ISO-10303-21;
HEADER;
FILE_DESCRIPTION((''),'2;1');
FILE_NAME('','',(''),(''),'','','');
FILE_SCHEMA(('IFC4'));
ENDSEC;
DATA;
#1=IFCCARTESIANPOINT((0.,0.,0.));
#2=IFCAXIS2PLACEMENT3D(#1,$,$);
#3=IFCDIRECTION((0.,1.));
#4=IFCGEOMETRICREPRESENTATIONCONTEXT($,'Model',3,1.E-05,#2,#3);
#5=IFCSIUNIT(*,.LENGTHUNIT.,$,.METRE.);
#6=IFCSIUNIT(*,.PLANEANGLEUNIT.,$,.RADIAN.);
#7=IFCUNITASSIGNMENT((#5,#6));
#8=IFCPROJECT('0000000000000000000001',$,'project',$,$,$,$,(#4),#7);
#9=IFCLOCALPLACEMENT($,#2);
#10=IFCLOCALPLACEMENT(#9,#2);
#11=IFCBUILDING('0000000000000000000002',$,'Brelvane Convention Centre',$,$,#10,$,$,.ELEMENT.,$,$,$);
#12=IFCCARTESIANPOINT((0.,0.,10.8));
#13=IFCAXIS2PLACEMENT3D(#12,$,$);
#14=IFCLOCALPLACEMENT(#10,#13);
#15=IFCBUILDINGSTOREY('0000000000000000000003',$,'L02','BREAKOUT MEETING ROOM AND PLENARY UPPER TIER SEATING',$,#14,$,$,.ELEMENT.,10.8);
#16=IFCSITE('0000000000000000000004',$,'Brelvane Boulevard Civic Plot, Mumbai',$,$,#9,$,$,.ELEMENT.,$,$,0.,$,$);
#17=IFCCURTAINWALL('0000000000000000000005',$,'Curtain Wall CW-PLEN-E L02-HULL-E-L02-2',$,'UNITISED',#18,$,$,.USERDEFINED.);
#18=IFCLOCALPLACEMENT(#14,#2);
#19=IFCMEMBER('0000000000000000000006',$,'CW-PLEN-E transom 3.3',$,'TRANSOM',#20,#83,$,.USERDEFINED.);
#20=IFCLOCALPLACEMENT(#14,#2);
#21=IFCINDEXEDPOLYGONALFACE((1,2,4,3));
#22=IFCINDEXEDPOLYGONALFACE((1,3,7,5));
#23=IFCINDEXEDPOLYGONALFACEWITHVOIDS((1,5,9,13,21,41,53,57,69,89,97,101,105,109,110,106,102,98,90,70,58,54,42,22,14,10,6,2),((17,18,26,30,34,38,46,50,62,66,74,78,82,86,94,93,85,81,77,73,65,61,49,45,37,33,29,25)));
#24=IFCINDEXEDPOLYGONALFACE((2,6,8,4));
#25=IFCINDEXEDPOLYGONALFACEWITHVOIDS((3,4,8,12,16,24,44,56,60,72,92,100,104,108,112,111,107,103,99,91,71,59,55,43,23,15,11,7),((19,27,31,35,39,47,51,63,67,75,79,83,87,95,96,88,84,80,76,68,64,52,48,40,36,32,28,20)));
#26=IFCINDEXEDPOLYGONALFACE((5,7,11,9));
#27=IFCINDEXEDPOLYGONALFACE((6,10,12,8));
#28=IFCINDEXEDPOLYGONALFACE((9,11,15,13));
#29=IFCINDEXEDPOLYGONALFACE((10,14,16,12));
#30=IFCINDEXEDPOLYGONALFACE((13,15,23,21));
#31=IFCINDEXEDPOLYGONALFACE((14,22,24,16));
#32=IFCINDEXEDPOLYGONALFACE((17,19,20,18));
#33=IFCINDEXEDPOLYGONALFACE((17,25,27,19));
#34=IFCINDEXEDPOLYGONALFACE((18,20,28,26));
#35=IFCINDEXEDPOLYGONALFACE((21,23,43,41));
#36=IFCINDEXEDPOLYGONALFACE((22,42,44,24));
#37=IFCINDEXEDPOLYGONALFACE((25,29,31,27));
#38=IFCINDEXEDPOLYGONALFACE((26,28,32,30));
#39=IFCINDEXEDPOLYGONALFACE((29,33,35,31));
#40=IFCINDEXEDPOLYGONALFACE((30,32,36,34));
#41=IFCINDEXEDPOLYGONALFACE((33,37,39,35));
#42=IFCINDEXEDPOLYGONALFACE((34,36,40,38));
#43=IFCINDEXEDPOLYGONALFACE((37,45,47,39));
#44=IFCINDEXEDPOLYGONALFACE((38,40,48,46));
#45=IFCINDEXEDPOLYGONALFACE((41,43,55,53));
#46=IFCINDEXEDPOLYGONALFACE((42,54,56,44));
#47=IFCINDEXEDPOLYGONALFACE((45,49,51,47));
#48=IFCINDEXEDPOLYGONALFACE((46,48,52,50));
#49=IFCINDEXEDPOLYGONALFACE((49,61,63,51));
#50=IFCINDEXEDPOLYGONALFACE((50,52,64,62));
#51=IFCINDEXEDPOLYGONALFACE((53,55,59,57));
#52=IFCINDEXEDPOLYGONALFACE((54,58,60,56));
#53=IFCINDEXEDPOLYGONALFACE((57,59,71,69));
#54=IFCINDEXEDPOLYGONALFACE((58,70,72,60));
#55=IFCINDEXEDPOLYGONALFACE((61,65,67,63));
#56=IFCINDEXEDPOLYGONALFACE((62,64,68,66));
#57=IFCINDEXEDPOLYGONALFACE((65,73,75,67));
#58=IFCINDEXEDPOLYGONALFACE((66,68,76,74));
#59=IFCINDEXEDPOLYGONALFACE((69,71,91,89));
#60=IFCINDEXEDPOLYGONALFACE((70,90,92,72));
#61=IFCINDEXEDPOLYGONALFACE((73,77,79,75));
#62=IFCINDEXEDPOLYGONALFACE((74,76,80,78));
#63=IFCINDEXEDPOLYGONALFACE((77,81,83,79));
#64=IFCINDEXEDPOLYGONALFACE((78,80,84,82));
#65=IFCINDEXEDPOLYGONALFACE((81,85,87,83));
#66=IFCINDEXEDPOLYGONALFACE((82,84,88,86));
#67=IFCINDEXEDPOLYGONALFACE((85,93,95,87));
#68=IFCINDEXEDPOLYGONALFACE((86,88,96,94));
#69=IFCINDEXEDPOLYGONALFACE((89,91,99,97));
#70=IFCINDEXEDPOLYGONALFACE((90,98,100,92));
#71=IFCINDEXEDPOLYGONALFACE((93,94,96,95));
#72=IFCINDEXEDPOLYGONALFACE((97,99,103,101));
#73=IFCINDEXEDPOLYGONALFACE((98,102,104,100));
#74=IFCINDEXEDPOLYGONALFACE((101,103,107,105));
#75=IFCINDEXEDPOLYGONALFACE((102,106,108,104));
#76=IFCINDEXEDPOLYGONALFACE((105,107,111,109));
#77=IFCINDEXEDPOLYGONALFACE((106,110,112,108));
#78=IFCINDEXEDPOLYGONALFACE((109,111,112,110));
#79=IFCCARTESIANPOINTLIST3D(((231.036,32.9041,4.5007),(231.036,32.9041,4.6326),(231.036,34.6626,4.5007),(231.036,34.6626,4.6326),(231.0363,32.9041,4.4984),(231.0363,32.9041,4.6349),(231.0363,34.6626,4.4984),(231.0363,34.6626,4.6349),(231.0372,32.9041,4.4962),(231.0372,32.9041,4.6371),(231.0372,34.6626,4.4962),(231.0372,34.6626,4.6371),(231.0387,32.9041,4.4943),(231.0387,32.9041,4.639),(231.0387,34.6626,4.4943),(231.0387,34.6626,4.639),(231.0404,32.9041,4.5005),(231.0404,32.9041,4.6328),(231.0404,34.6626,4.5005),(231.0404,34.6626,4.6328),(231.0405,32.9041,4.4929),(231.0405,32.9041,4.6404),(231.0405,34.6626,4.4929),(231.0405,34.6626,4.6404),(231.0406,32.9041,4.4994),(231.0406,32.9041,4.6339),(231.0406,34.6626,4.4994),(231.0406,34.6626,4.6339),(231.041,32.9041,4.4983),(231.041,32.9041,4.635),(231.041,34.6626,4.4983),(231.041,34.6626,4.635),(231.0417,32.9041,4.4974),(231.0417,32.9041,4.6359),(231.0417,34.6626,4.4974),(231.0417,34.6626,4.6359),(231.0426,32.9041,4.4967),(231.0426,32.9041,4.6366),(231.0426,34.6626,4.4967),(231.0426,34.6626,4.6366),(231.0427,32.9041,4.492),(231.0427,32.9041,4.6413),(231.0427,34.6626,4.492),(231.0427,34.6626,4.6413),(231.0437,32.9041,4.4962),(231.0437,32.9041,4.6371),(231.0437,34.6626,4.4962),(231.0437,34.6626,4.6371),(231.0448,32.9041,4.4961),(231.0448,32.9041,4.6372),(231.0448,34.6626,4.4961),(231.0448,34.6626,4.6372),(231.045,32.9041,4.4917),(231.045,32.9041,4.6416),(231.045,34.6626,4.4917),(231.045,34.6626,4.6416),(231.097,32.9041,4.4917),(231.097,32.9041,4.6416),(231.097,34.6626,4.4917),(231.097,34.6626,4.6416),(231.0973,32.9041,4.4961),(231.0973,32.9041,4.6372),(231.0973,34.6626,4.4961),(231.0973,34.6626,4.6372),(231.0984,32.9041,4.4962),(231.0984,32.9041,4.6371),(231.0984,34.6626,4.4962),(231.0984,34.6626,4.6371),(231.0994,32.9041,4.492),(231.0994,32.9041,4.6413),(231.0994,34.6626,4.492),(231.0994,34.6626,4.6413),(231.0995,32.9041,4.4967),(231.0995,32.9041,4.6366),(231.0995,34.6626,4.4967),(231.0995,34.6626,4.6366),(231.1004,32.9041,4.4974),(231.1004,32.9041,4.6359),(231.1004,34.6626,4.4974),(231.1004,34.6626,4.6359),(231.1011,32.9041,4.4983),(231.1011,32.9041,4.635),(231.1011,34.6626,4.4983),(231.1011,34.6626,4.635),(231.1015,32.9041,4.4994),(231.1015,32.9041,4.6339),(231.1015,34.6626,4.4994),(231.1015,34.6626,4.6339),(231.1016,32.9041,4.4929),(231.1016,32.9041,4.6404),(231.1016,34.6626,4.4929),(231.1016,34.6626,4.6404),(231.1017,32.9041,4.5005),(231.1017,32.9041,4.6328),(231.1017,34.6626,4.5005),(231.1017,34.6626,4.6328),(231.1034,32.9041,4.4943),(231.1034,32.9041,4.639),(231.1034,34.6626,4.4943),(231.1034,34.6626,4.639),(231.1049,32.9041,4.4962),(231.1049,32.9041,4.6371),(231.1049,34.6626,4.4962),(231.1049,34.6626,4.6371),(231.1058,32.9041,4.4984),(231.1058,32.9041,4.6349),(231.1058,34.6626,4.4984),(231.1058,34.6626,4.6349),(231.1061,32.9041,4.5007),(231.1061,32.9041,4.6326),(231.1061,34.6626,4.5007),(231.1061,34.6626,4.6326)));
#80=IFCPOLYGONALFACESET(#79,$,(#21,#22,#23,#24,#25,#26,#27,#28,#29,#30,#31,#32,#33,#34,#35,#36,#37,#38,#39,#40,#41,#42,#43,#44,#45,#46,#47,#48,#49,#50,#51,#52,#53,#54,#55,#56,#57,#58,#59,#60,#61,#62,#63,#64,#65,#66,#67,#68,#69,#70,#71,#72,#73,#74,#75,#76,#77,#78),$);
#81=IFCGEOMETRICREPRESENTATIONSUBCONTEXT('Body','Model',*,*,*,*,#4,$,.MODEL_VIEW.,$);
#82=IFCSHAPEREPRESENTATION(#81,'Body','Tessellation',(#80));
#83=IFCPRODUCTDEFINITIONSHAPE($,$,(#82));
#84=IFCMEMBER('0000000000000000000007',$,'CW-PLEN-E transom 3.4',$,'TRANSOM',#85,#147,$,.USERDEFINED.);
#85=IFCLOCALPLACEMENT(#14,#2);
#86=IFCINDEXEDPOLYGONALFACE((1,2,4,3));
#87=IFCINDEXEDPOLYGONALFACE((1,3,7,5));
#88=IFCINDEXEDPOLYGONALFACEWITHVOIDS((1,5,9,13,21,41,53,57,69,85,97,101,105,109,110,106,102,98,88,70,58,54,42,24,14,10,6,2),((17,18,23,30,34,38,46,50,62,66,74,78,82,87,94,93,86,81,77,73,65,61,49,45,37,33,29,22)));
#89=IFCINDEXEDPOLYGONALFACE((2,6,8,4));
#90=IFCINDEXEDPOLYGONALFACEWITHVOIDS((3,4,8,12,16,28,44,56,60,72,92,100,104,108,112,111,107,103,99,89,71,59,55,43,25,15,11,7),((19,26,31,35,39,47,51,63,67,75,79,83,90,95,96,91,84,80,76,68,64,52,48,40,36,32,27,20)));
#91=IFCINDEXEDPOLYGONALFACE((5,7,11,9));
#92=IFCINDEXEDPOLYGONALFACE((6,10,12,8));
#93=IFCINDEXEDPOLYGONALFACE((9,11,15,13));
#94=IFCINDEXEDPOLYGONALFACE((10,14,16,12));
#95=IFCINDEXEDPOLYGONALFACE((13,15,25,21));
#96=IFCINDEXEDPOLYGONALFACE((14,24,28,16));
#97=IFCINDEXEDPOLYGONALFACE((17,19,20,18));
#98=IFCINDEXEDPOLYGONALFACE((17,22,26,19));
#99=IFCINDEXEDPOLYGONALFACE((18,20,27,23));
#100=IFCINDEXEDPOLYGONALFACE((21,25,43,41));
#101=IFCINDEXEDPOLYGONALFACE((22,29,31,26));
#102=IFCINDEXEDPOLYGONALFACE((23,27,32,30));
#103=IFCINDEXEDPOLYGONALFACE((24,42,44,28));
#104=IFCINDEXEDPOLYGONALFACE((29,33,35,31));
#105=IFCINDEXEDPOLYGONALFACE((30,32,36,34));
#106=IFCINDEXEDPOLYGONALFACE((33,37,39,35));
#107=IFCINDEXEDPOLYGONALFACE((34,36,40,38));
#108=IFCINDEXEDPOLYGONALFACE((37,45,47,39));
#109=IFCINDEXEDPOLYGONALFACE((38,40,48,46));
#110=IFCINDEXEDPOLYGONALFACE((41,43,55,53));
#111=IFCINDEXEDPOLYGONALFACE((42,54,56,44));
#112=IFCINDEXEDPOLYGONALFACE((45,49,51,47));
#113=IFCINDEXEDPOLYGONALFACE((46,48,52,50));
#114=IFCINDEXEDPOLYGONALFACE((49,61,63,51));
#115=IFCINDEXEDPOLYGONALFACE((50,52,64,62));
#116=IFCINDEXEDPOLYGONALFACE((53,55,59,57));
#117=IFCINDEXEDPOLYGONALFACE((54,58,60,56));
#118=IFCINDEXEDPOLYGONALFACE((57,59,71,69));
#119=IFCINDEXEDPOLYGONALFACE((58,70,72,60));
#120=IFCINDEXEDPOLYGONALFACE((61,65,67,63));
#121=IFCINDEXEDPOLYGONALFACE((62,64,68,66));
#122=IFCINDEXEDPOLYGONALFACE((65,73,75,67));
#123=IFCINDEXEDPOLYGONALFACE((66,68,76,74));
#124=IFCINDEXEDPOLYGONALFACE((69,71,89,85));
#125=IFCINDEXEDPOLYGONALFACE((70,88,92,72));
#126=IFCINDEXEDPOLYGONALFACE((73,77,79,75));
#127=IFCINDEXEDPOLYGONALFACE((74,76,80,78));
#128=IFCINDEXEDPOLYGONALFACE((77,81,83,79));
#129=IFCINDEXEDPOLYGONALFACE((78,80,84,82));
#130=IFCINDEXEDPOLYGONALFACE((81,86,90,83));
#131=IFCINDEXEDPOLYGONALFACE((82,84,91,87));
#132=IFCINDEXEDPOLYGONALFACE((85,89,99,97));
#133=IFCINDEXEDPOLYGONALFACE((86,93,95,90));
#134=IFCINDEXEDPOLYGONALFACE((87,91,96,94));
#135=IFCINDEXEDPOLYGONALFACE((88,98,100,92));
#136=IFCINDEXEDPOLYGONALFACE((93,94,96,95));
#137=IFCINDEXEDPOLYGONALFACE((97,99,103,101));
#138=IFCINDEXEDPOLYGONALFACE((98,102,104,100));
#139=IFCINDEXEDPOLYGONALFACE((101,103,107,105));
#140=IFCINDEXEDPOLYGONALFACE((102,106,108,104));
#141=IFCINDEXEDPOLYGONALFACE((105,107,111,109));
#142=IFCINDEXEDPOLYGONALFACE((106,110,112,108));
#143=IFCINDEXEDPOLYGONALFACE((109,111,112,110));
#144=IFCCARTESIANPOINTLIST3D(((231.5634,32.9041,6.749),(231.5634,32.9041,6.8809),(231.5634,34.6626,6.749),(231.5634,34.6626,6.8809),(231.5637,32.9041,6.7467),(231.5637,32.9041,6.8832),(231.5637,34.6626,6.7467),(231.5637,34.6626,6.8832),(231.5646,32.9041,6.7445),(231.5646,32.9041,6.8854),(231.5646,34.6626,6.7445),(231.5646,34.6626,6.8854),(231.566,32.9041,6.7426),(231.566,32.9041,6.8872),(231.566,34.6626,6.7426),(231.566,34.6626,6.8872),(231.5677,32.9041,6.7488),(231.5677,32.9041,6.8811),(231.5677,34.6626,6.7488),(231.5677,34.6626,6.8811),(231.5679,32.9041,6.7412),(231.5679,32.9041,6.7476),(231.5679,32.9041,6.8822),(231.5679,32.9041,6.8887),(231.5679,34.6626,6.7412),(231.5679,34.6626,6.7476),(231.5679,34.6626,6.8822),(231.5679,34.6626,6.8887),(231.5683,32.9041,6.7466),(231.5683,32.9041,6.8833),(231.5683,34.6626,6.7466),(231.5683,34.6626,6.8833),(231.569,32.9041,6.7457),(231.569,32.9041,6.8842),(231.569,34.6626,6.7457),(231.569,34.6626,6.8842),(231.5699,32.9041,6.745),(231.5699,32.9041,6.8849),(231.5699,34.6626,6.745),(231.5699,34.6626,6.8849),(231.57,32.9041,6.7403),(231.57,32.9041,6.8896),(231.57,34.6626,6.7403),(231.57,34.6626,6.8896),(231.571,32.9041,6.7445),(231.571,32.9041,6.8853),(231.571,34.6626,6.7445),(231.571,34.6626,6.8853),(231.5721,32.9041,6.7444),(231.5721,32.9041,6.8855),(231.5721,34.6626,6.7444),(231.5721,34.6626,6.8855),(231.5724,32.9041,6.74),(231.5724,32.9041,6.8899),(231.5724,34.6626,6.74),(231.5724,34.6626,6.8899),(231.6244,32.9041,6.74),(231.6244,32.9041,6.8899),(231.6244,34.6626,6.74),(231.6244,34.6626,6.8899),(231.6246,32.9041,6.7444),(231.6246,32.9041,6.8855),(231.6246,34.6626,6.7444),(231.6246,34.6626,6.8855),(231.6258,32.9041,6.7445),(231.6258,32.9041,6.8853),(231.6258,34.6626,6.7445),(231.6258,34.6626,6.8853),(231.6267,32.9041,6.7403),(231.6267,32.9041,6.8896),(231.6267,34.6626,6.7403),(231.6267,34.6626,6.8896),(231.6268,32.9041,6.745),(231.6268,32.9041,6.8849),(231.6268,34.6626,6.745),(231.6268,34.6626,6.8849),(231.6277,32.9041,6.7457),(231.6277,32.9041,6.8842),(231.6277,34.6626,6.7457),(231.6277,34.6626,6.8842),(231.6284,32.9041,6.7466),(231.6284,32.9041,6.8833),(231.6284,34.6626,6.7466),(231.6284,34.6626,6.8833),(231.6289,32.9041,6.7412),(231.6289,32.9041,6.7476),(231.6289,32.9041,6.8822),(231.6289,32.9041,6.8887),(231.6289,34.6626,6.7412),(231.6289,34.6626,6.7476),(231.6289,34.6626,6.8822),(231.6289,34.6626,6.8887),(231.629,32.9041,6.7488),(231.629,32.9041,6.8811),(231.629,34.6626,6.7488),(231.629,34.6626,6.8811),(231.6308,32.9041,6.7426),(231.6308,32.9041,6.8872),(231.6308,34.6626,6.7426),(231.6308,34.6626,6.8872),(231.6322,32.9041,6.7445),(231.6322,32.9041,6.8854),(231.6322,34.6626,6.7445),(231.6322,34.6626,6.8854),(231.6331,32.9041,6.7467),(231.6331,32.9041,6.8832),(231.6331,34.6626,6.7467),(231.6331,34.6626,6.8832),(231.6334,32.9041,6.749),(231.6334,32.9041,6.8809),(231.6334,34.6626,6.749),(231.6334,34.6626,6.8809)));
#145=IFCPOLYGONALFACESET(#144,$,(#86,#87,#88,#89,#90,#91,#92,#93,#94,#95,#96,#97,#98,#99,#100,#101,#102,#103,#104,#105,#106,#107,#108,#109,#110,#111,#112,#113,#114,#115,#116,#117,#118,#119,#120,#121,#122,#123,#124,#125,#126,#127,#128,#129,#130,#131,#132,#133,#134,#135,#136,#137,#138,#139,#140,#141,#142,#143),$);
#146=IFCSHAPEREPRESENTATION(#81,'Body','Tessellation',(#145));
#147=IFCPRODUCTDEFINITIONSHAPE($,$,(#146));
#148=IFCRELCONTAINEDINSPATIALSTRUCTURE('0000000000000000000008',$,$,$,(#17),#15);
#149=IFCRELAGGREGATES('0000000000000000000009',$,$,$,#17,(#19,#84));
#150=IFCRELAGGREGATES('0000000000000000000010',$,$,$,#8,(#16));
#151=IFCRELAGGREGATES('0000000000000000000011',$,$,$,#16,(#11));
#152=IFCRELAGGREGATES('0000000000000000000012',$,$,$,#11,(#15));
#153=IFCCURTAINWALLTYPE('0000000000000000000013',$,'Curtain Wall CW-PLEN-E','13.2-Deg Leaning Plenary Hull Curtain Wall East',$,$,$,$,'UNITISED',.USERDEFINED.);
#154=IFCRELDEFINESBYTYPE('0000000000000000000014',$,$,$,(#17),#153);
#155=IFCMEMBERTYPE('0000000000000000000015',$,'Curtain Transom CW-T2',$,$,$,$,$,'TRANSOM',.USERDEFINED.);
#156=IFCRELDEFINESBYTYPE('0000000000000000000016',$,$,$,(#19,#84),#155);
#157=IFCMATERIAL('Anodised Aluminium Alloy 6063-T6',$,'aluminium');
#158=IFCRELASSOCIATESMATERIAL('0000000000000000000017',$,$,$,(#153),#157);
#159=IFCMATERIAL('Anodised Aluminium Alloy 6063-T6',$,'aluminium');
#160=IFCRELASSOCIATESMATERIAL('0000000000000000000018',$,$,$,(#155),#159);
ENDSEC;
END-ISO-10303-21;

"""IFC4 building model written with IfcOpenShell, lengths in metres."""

from ifc_helpers import new_model, si_unit, direction, frame, origin, origin_2d, place, context, subcontext, project, spatial, hollow_rectangle, extrude, material, material_profile, profile_set, type_object, element, aggregate, save


model = new_model("IFC4")

# Units and contexts
model_context = context("Model", 3, precision=1e-05, world=origin(), true_north=direction((0.0, 1.0)))
body_context = subcontext(model_context, "Body", "Model", "MODEL_VIEW")
ifc_project = project(units=[si_unit("LENGTHUNIT", "METRE"), si_unit("PLANEANGLEUNIT", "RADIAN")], contexts=[model_context])

# Site, building, storey
site_placement = place(None, origin())
site = spatial("IfcSite", under=ifc_project, at=site_placement, Name="Brelvane Boulevard Civic Plot, Mumbai", CompositionType="ELEMENT", RefElevation=0.0)
building_placement = place(site_placement, origin())
building = spatial("IfcBuilding", under=site, at=building_placement, Name="Brelvane Convention Centre", CompositionType="ELEMENT")
storey_placement = place(building_placement, frame((0.0, 0.0, 10.8)))
storey = spatial("IfcBuildingStorey", under=building, at=storey_placement, Name="L02", Description="BREAKOUT MEETING ROOM AND PLENARY UPPER TIER SEATING", CompositionType="ELEMENT", Elevation=10.8)

# Curtain wall, members
ifc_material_1 = material(Name="Anodised Aluminium Alloy 6063-T6", Category="aluminium")
curtain_wall_type = type_object("IfcCurtainWallType", Name="Curtain Wall CW-PLEN-E", Description="13.2-Deg Leaning Plenary Hull Curtain Wall East", ElementType="UNITISED", PredefinedType="USERDEFINED", material=ifc_material_1)
curtain_wall_1_placement = place(storey_placement, origin())
curtain_wall_1 = element("IfcCurtainWall", 1, at=curtain_wall_1_placement, inside=storey, type_object=curtain_wall_type, Name="Curtain Wall CW-PLEN-E L02-HULL-E-L02-2", ObjectType="UNITISED", PredefinedType="USERDEFINED")
ifc_material_2 = material(Name="Anodised Aluminium Alloy 6063-T6", Category="aluminium")
ifc_material_profile = material_profile(ifc_material_2, hollow_rectangle(XDim=0.0701, YDim=0.1499, WallThickness=0.0044, InnerFilletRadius=0.0044, OuterFilletRadius=0.009, at=origin_2d()), Name="ALU-T 150x70x4.5")
ifc_profile_set = profile_set([ifc_material_profile], Name="Anodised Aluminium Alloy 6063-T6")
member_type = type_object("IfcMemberType", Name="Curtain Transom CW-T2", ElementType="TRANSOM", PredefinedType="USERDEFINED", material=ifc_profile_set)
member_1_placement = place(storey_placement, frame((231.071, 32.9041, 4.5667), z_axis=(0.0, 1.0, 0.0), x_axis=(-1.0, 0.0, 0.0)))
member_1 = element("IfcMember", 2, at=member_1_placement, type_object=member_type, Name="CW-PLEN-E transom 3.3", ObjectType="TRANSOM", PredefinedType="USERDEFINED", context=body_context, shape_type="SweptSolid", body=[
    extrude(hollow_rectangle(XDim=0.0701, YDim=0.1499, WallThickness=0.0044, InnerFilletRadius=0.0044, OuterFilletRadius=0.009, at=origin_2d()), origin(), (0.0, 0.0, 1.0), 1.7585),
])
member_2_placement = place(storey_placement, frame((231.5984, 32.9041, 6.8149), z_axis=(0.0, 1.0, 0.0), x_axis=(-1.0, 0.0, 0.0)))
member_2 = element("IfcMember", 3, at=member_2_placement, type_object=member_type, Name="CW-PLEN-E transom 3.4", ObjectType="TRANSOM", PredefinedType="USERDEFINED", context=body_context, shape_type="SweptSolid", body=[
    extrude(hollow_rectangle(XDim=0.0701, YDim=0.1499, WallThickness=0.0044, InnerFilletRadius=0.0044, OuterFilletRadius=0.009, at=origin_2d()), origin(), (0.0, 0.0, 1.0), 1.7585),
])

aggregate(curtain_wall_1, [member_1, member_2])

save(model, "model.ifc")
